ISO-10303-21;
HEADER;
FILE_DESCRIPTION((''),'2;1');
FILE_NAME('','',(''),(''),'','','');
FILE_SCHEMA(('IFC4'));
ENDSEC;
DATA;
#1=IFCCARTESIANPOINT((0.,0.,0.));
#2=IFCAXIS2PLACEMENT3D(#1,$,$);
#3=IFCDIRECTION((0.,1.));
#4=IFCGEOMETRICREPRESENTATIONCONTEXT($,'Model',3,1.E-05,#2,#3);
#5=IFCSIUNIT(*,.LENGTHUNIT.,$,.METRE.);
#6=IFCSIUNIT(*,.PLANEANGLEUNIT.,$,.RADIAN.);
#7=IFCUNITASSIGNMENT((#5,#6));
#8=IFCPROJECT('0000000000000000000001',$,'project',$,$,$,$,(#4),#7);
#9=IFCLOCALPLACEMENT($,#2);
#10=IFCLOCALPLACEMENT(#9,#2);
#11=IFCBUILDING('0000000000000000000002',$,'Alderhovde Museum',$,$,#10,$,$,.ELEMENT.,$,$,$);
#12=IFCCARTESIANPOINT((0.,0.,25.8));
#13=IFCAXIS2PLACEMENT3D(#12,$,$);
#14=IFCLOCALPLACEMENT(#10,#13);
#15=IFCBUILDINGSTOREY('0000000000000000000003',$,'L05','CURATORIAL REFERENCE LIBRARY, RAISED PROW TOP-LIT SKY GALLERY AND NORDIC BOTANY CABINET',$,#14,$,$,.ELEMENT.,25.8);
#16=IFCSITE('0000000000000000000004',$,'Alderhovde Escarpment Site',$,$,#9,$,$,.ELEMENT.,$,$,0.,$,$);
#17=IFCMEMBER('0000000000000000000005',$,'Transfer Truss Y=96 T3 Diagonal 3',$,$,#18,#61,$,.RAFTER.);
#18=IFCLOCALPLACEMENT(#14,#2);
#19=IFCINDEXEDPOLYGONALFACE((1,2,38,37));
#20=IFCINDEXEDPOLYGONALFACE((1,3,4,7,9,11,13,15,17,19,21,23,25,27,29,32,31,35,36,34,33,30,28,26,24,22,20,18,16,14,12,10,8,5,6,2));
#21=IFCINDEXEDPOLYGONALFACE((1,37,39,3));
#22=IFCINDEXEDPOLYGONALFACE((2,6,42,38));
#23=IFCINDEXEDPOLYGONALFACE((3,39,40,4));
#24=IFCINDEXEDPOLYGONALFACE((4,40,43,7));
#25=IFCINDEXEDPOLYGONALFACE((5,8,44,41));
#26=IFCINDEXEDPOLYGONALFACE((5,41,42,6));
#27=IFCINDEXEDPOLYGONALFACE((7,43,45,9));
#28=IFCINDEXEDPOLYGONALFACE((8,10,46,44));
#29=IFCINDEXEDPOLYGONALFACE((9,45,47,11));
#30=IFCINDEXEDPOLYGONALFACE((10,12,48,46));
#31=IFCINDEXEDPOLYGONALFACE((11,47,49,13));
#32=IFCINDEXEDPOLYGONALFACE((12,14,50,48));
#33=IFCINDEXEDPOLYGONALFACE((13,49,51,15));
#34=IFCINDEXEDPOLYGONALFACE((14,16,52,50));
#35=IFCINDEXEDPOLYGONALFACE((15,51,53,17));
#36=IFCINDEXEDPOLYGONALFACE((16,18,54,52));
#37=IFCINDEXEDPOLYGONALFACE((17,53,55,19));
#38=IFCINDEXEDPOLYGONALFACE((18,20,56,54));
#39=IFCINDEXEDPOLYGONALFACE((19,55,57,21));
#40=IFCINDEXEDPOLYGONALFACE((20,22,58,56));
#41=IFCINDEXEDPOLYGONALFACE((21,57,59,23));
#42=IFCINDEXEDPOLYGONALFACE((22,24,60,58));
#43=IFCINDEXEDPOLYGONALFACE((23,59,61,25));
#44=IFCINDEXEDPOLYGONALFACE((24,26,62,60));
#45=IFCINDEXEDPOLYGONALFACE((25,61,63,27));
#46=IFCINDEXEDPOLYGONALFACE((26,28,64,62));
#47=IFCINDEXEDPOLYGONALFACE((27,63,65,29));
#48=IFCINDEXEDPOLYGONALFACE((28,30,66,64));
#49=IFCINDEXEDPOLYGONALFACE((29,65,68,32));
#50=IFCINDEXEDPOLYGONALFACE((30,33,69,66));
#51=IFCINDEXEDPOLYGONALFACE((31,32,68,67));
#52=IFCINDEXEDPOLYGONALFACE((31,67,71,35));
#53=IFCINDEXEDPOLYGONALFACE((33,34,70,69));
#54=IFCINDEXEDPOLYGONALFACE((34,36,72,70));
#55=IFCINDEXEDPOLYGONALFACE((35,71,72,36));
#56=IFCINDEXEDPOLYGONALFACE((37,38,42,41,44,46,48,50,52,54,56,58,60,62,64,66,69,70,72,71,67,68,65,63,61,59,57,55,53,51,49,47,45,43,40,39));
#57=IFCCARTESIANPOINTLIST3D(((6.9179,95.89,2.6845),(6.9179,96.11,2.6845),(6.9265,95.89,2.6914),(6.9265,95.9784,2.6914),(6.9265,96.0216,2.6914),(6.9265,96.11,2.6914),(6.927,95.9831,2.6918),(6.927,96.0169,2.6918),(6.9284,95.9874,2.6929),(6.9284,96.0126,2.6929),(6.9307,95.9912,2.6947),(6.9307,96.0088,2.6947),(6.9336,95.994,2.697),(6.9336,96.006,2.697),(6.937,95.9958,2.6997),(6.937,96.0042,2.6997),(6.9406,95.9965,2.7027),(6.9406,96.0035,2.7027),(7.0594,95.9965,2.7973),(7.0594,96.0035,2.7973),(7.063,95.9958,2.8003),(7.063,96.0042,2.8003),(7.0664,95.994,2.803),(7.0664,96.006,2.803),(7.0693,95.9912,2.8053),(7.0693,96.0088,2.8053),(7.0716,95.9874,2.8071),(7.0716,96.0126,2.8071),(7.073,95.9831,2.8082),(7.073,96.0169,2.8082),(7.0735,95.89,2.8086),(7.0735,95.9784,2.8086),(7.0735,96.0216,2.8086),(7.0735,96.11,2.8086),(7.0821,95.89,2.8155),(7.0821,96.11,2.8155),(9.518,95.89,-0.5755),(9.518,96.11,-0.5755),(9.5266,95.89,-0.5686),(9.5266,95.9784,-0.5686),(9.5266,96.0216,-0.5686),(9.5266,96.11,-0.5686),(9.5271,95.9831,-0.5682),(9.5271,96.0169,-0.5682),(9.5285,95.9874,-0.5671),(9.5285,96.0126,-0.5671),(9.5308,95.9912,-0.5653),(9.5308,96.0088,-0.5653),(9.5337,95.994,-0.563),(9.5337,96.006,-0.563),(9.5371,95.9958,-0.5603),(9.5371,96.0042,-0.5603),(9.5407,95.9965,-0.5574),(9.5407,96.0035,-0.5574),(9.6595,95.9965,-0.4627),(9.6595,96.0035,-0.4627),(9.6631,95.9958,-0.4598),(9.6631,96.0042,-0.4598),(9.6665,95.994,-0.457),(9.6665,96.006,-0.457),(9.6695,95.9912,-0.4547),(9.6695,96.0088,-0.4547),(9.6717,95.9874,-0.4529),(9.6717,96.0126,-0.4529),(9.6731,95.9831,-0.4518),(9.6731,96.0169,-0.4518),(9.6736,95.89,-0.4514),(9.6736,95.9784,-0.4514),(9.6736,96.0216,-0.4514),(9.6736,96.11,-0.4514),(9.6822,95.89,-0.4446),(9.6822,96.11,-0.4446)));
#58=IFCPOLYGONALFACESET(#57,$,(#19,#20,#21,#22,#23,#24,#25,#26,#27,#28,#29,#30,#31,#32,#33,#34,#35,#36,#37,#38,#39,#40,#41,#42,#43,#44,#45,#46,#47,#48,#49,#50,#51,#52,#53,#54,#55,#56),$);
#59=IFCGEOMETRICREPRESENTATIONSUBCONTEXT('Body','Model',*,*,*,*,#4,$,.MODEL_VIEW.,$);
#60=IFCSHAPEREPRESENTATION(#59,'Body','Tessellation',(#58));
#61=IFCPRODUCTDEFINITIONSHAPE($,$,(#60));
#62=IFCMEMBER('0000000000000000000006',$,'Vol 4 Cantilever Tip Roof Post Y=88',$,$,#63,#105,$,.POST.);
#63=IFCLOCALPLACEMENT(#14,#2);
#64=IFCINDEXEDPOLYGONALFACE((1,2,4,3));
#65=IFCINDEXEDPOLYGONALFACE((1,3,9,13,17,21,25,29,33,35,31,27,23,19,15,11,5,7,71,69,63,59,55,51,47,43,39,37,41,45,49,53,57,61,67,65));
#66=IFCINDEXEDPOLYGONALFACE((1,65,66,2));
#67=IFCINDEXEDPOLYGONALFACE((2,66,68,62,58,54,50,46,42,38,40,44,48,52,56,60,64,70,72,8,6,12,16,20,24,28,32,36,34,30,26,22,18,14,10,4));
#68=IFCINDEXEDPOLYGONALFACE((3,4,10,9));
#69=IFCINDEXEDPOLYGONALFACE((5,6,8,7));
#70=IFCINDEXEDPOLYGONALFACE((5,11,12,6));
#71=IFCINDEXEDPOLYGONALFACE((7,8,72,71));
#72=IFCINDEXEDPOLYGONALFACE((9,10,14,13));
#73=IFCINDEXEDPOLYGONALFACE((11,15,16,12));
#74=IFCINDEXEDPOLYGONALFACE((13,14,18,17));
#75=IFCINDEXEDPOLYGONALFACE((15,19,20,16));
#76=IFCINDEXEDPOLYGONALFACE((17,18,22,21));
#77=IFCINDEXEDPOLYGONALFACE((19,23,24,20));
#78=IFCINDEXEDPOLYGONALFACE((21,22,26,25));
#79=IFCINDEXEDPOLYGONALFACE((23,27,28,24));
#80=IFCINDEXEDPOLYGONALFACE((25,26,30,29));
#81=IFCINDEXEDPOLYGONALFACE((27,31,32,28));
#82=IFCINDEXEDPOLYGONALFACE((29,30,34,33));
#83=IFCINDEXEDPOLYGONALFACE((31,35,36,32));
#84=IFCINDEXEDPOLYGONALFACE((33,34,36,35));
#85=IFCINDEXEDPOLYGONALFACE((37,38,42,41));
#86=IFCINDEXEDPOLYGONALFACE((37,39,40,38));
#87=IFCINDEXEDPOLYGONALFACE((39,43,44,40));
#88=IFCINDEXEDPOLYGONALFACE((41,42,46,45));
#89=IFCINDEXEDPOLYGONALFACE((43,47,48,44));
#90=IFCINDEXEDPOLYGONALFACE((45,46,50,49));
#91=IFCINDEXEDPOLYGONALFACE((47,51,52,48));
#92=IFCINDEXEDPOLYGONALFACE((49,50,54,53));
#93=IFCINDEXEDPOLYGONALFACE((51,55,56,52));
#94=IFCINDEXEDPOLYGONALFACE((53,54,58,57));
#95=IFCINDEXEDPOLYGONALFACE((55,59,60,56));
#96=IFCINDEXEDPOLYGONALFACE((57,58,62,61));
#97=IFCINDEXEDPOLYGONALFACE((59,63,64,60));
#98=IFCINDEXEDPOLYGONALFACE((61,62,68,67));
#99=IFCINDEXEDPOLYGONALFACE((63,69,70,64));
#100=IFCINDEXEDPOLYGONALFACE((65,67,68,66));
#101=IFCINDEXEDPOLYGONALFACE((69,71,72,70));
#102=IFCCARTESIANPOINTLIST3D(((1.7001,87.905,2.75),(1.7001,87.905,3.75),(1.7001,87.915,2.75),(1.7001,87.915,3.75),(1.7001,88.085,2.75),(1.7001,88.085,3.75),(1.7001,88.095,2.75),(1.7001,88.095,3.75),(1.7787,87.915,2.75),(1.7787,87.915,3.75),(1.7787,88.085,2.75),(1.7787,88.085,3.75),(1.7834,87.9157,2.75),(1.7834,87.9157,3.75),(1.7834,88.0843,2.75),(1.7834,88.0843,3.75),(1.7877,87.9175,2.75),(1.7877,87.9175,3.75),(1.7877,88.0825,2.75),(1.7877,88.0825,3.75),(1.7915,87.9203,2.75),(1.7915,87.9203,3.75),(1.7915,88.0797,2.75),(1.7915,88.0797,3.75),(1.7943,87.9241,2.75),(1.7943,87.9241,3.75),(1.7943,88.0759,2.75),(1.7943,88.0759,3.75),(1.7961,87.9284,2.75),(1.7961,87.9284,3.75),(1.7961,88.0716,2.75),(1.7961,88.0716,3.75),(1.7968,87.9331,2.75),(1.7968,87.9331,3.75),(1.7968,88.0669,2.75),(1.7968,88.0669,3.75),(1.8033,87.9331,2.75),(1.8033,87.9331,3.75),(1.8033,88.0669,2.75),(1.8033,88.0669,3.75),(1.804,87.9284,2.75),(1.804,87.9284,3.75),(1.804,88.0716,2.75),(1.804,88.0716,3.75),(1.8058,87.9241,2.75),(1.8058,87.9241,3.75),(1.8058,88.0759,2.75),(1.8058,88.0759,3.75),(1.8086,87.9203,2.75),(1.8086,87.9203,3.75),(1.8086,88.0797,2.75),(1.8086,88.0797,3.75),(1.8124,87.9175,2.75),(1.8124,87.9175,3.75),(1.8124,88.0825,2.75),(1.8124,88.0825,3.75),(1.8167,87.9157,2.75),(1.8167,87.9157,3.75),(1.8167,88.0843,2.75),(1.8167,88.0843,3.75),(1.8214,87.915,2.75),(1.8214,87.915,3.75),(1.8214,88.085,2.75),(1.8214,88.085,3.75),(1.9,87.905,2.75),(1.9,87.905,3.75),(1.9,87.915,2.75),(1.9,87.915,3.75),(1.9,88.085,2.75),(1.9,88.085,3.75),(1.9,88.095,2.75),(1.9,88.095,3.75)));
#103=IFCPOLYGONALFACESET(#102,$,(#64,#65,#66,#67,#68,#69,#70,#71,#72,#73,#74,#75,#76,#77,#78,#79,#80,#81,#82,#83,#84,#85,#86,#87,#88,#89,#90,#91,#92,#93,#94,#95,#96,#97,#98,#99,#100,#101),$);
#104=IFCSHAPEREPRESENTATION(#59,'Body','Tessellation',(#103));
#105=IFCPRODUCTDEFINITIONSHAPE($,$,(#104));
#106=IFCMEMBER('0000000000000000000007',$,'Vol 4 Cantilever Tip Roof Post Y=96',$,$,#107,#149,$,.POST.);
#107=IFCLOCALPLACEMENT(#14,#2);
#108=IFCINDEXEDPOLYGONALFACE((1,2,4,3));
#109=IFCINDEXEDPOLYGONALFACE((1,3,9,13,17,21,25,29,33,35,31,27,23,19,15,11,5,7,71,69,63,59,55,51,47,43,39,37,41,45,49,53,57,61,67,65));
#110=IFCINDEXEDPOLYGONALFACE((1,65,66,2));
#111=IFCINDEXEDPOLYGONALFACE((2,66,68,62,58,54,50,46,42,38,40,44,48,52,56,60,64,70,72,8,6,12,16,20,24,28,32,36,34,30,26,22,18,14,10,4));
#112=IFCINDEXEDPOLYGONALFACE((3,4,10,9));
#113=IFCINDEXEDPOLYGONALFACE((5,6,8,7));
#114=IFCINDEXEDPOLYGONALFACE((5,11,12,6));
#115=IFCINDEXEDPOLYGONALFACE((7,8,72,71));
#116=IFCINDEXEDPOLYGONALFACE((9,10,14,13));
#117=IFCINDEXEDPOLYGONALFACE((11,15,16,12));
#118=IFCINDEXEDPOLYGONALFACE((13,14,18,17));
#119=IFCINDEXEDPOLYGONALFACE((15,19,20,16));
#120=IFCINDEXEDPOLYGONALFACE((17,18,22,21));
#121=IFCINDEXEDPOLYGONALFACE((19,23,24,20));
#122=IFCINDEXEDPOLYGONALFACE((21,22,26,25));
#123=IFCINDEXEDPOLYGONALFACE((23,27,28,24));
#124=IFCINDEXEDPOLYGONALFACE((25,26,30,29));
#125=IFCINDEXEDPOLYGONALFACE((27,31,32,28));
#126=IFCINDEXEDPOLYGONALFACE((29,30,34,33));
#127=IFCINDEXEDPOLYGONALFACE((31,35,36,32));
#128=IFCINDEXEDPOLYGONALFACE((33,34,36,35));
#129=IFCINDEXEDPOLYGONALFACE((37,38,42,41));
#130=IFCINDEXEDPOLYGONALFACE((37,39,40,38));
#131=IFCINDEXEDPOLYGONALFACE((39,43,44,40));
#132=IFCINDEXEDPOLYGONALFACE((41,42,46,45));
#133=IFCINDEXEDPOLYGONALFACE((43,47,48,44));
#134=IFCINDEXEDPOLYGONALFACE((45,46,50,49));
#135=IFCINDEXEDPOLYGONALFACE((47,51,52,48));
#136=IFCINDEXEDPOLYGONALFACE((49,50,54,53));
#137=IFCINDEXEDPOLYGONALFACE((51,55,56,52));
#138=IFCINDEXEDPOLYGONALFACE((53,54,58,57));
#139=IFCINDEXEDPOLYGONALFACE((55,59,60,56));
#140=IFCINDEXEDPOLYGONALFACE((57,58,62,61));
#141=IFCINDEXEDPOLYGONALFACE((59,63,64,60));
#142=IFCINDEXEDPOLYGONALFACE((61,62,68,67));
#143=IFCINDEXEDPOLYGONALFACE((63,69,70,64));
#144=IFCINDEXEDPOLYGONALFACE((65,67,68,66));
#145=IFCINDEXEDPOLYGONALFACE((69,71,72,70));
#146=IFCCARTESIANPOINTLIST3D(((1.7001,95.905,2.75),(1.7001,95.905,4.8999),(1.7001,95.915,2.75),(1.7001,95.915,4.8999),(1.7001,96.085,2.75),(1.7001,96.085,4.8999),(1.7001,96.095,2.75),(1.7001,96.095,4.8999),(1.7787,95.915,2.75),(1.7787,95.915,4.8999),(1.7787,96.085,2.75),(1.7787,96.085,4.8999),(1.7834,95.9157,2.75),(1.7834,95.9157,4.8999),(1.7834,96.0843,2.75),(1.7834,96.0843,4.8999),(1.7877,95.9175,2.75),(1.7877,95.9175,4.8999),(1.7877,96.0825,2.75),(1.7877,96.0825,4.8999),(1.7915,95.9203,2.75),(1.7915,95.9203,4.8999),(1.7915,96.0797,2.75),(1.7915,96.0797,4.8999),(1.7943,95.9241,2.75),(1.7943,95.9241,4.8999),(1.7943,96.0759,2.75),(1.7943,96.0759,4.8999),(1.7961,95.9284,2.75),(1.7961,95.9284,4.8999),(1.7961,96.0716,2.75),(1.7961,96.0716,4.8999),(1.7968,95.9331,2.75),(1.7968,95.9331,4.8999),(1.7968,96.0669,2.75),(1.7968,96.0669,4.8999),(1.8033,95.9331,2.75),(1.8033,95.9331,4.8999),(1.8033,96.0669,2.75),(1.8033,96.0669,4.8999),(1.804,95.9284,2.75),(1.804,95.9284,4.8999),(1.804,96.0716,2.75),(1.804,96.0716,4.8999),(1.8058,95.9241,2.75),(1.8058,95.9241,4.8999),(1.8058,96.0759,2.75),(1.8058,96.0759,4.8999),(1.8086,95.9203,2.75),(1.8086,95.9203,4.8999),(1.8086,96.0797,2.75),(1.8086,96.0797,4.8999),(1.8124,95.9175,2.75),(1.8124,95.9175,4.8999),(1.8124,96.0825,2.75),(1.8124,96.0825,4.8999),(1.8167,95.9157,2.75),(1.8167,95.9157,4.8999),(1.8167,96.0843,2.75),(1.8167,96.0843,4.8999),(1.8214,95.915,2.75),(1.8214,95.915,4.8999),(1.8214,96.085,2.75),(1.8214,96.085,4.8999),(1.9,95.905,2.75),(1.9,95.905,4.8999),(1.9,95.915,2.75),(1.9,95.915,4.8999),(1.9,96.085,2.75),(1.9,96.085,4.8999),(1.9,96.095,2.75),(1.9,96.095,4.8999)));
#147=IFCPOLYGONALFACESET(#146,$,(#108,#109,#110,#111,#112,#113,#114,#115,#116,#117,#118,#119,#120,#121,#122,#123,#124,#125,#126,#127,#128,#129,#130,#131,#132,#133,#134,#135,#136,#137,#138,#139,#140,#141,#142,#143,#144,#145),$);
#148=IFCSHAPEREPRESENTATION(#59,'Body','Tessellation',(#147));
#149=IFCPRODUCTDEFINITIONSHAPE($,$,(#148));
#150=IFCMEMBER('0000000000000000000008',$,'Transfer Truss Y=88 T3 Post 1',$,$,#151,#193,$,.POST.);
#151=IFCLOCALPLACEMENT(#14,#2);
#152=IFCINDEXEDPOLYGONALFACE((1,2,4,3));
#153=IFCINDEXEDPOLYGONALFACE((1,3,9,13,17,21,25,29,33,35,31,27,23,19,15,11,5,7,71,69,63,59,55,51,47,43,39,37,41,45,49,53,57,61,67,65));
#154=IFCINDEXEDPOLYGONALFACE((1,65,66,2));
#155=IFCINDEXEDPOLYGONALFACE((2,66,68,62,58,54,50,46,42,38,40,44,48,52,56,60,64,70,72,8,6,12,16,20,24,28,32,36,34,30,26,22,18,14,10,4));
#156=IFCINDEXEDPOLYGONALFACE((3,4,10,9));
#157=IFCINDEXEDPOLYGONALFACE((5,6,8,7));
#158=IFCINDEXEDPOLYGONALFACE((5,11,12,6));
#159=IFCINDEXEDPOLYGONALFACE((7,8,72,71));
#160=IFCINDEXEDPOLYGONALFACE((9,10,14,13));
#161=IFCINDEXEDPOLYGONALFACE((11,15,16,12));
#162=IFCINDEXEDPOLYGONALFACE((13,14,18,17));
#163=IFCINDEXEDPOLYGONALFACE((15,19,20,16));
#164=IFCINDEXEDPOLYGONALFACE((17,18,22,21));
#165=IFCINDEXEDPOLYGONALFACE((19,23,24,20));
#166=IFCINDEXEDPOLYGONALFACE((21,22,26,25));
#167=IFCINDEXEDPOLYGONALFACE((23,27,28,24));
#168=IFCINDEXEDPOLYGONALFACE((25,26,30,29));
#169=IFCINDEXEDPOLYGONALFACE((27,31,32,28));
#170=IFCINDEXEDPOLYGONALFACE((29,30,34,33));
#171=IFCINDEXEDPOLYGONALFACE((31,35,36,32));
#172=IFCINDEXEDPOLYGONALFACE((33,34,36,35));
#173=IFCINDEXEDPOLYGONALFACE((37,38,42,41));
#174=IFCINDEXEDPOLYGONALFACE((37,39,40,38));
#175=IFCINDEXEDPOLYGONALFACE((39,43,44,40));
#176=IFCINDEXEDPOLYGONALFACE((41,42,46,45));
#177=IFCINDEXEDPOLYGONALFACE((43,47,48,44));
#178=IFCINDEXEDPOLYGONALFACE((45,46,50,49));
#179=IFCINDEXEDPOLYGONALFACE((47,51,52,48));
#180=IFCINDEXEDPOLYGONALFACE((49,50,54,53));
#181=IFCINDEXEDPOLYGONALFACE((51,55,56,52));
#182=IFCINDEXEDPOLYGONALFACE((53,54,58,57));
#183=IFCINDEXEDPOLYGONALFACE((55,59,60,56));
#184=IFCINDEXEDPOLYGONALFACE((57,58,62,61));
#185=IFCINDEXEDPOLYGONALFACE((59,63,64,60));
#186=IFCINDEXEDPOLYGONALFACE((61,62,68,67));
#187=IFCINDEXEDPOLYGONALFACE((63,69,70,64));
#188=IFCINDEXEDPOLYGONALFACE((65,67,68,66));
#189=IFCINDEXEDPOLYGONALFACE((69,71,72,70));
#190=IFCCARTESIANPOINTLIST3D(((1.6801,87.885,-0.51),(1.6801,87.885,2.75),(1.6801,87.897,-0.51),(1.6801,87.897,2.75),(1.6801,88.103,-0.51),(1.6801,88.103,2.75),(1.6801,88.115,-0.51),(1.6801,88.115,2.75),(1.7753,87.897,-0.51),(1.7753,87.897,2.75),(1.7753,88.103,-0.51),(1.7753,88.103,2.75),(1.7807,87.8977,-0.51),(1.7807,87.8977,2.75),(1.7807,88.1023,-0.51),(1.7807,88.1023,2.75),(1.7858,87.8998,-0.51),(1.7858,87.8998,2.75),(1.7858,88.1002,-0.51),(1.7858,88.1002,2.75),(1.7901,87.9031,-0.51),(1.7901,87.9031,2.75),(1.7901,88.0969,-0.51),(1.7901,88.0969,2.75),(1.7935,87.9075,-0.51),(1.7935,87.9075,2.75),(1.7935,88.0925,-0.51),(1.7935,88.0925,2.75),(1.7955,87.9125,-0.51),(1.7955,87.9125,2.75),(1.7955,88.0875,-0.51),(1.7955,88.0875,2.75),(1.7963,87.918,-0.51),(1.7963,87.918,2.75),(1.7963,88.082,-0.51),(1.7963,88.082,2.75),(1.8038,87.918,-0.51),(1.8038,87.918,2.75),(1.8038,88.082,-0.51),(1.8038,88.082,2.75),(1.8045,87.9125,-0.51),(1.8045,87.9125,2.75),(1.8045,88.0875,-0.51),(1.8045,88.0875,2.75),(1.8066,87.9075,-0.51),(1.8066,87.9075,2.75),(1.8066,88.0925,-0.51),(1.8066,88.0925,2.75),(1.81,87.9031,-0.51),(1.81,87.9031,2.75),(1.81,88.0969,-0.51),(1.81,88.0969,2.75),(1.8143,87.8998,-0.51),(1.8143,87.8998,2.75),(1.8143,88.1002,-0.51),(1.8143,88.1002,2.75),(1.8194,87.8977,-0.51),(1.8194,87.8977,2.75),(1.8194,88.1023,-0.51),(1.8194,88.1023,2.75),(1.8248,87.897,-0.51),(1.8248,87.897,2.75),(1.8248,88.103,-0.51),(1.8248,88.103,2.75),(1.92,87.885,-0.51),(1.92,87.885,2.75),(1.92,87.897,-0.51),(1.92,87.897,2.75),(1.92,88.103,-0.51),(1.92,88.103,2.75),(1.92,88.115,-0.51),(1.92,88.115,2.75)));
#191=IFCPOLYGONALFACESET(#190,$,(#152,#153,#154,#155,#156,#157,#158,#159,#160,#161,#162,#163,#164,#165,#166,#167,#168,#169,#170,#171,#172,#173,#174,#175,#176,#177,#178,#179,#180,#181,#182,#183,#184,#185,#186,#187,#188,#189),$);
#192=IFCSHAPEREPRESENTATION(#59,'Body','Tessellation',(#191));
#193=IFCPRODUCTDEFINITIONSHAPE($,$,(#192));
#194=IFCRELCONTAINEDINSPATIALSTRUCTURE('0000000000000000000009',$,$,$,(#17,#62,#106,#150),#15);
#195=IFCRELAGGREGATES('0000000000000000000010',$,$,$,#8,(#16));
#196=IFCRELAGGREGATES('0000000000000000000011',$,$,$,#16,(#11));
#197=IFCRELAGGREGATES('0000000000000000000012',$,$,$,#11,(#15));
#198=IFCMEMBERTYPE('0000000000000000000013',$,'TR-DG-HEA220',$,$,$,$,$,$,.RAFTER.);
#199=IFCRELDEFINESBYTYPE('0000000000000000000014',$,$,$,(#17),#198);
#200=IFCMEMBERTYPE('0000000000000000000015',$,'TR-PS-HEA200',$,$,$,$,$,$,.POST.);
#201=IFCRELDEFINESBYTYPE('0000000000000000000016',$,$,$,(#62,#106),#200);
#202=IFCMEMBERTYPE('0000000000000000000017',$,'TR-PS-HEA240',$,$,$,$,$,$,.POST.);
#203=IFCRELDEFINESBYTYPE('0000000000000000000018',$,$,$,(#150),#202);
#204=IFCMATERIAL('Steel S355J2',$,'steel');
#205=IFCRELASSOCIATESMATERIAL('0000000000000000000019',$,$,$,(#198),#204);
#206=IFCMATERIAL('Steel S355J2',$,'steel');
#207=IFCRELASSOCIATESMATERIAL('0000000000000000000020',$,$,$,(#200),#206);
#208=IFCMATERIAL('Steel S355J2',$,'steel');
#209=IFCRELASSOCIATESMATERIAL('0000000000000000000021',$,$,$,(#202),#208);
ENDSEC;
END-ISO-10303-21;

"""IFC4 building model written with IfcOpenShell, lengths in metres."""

from ifc_helpers import new_model, si_unit, direction, frame, origin, origin_2d, place, context, subcontext, project, spatial, i_section, extrude, material, material_profile, profile_set, type_object, element, save


model = new_model("IFC4")

# Units and contexts
model_context = context("Model", 3, precision=1e-05, world=origin(), true_north=direction((0.0, 1.0)))
body_context = subcontext(model_context, "Body", "Model", "MODEL_VIEW")
ifc_project = project(units=[si_unit("LENGTHUNIT", "METRE"), si_unit("PLANEANGLEUNIT", "RADIAN")], contexts=[model_context])

# Site, building, storey
site_placement = place(None, origin())
site = spatial("IfcSite", under=ifc_project, at=site_placement, Name="Alderhovde Escarpment Site", CompositionType="ELEMENT", RefElevation=0.0)
building_placement = place(site_placement, origin())
building = spatial("IfcBuilding", under=site, at=building_placement, Name="Alderhovde Museum", CompositionType="ELEMENT")
storey_placement = place(building_placement, frame((0.0, 0.0, 25.8)))
storey = spatial("IfcBuildingStorey", under=building, at=storey_placement, Name="L05", Description="CURATORIAL REFERENCE LIBRARY, RAISED PROW TOP-LIT SKY GALLERY AND NORDIC BOTANY CABINET", CompositionType="ELEMENT", Elevation=25.8)

# Members
ifc_material_1 = material(Name="Steel S355J2", Category="steel")
ifc_material_profile_1 = material_profile(ifc_material_1, i_section(OverallWidth=0.22, OverallDepth=0.21, WebThickness=0.0071, FlangeThickness=0.011, FilletRadius=0.0181, at=origin_2d()), Name="HEA 220")
ifc_profile_set_1 = profile_set([ifc_material_profile_1], Name="Steel S355J2")
member_type_1 = type_object("IfcMemberType", Name="TR-DG-HEA220", PredefinedType="RAFTER", material=ifc_profile_set_1)
for number, where, z_axis, x_axis, name in (
    (1, (7.0, 96.0, 2.75), (0.623538, 0.0, -0.781793), (0.0, 1.0, 0.0), "Transfer Truss Y=96 T3 Diagonal 3"),
):
    element("IfcMember", number, at=place(storey_placement, frame(where, z_axis=z_axis, x_axis=x_axis)), inside=storey, type_object=member_type_1, Name=name, PredefinedType="RAFTER", context=body_context, shape_type="SweptSolid", body=[
        extrude(i_section(OverallWidth=0.22, OverallDepth=0.21, WebThickness=0.0071, FlangeThickness=0.011, FilletRadius=0.0181, at=origin_2d()), origin(), (0.0, 0.0, 1.0), 4.1699),
    ])
ifc_material_2 = material(Name="Steel S355J2", Category="steel")
ifc_material_profile_2 = material_profile(ifc_material_2, i_section(OverallWidth=0.2, OverallDepth=0.1899, WebThickness=0.0066, FlangeThickness=0.01, FilletRadius=0.0181, at=origin_2d()), Name="HEA 200")
ifc_profile_set_2 = profile_set([ifc_material_profile_2], Name="Steel S355J2")
member_type_2 = type_object("IfcMemberType", Name="TR-PS-HEA200", PredefinedType="POST", material=ifc_profile_set_2)
member_1_placement = place(storey_placement, frame((1.8, 88.0, 2.75), z_axis=(0.0, 0.0, 1.0), x_axis=(1.0, 0.0, 0.0)))
element("IfcMember", 2, at=member_1_placement, inside=storey, type_object=member_type_2, Name="Vol 4 Cantilever Tip Roof Post Y=88", PredefinedType="POST", context=body_context, shape_type="SweptSolid", body=[
    extrude(i_section(OverallWidth=0.2, OverallDepth=0.1899, WebThickness=0.0066, FlangeThickness=0.01, FilletRadius=0.0181, at=origin_2d()), origin(), (0.0, 0.0, 1.0), 1.0),
])
member_2_placement = place(storey_placement, frame((1.8, 96.0, 2.75), z_axis=(0.0, 0.0, 1.0), x_axis=(1.0, 0.0, 0.0)))
element("IfcMember", 3, at=member_2_placement, inside=storey, type_object=member_type_2, Name="Vol 4 Cantilever Tip Roof Post Y=96", PredefinedType="POST", context=body_context, shape_type="SweptSolid", body=[
    extrude(i_section(OverallWidth=0.2, OverallDepth=0.1899, WebThickness=0.0066, FlangeThickness=0.01, FilletRadius=0.0181, at=origin_2d()), origin(), (0.0, 0.0, 1.0), 2.1499),
])
ifc_material_3 = material(Name="Steel S355J2", Category="steel")
ifc_material_profile_3 = material_profile(ifc_material_3, i_section(OverallWidth=0.24, OverallDepth=0.23, WebThickness=0.0076, FlangeThickness=0.012, FilletRadius=0.021, at=origin_2d()), Name="HEA 240")
ifc_profile_set_3 = profile_set([ifc_material_profile_3], Name="Steel S355J2")
member_type_3 = type_object("IfcMemberType", Name="TR-PS-HEA240", PredefinedType="POST", material=ifc_profile_set_3)
for number, where, z_axis, x_axis, name in (
    (4, (1.8, 88.0, -0.51), (0.0, 0.0, 1.0), (1.0, 0.0, 0.0), "Transfer Truss Y=88 T3 Post 1"),
):
    element("IfcMember", number, at=place(storey_placement, frame(where, z_axis=z_axis, x_axis=x_axis)), inside=storey, type_object=member_type_3, Name=name, PredefinedType="POST", context=body_context, shape_type="SweptSolid", body=[
        extrude(i_section(OverallWidth=0.24, OverallDepth=0.23, WebThickness=0.0076, FlangeThickness=0.012, FilletRadius=0.021, at=origin_2d()), origin(), (0.0, 0.0, 1.0), 3.26),
    ])

save(model, "model.ifc")
